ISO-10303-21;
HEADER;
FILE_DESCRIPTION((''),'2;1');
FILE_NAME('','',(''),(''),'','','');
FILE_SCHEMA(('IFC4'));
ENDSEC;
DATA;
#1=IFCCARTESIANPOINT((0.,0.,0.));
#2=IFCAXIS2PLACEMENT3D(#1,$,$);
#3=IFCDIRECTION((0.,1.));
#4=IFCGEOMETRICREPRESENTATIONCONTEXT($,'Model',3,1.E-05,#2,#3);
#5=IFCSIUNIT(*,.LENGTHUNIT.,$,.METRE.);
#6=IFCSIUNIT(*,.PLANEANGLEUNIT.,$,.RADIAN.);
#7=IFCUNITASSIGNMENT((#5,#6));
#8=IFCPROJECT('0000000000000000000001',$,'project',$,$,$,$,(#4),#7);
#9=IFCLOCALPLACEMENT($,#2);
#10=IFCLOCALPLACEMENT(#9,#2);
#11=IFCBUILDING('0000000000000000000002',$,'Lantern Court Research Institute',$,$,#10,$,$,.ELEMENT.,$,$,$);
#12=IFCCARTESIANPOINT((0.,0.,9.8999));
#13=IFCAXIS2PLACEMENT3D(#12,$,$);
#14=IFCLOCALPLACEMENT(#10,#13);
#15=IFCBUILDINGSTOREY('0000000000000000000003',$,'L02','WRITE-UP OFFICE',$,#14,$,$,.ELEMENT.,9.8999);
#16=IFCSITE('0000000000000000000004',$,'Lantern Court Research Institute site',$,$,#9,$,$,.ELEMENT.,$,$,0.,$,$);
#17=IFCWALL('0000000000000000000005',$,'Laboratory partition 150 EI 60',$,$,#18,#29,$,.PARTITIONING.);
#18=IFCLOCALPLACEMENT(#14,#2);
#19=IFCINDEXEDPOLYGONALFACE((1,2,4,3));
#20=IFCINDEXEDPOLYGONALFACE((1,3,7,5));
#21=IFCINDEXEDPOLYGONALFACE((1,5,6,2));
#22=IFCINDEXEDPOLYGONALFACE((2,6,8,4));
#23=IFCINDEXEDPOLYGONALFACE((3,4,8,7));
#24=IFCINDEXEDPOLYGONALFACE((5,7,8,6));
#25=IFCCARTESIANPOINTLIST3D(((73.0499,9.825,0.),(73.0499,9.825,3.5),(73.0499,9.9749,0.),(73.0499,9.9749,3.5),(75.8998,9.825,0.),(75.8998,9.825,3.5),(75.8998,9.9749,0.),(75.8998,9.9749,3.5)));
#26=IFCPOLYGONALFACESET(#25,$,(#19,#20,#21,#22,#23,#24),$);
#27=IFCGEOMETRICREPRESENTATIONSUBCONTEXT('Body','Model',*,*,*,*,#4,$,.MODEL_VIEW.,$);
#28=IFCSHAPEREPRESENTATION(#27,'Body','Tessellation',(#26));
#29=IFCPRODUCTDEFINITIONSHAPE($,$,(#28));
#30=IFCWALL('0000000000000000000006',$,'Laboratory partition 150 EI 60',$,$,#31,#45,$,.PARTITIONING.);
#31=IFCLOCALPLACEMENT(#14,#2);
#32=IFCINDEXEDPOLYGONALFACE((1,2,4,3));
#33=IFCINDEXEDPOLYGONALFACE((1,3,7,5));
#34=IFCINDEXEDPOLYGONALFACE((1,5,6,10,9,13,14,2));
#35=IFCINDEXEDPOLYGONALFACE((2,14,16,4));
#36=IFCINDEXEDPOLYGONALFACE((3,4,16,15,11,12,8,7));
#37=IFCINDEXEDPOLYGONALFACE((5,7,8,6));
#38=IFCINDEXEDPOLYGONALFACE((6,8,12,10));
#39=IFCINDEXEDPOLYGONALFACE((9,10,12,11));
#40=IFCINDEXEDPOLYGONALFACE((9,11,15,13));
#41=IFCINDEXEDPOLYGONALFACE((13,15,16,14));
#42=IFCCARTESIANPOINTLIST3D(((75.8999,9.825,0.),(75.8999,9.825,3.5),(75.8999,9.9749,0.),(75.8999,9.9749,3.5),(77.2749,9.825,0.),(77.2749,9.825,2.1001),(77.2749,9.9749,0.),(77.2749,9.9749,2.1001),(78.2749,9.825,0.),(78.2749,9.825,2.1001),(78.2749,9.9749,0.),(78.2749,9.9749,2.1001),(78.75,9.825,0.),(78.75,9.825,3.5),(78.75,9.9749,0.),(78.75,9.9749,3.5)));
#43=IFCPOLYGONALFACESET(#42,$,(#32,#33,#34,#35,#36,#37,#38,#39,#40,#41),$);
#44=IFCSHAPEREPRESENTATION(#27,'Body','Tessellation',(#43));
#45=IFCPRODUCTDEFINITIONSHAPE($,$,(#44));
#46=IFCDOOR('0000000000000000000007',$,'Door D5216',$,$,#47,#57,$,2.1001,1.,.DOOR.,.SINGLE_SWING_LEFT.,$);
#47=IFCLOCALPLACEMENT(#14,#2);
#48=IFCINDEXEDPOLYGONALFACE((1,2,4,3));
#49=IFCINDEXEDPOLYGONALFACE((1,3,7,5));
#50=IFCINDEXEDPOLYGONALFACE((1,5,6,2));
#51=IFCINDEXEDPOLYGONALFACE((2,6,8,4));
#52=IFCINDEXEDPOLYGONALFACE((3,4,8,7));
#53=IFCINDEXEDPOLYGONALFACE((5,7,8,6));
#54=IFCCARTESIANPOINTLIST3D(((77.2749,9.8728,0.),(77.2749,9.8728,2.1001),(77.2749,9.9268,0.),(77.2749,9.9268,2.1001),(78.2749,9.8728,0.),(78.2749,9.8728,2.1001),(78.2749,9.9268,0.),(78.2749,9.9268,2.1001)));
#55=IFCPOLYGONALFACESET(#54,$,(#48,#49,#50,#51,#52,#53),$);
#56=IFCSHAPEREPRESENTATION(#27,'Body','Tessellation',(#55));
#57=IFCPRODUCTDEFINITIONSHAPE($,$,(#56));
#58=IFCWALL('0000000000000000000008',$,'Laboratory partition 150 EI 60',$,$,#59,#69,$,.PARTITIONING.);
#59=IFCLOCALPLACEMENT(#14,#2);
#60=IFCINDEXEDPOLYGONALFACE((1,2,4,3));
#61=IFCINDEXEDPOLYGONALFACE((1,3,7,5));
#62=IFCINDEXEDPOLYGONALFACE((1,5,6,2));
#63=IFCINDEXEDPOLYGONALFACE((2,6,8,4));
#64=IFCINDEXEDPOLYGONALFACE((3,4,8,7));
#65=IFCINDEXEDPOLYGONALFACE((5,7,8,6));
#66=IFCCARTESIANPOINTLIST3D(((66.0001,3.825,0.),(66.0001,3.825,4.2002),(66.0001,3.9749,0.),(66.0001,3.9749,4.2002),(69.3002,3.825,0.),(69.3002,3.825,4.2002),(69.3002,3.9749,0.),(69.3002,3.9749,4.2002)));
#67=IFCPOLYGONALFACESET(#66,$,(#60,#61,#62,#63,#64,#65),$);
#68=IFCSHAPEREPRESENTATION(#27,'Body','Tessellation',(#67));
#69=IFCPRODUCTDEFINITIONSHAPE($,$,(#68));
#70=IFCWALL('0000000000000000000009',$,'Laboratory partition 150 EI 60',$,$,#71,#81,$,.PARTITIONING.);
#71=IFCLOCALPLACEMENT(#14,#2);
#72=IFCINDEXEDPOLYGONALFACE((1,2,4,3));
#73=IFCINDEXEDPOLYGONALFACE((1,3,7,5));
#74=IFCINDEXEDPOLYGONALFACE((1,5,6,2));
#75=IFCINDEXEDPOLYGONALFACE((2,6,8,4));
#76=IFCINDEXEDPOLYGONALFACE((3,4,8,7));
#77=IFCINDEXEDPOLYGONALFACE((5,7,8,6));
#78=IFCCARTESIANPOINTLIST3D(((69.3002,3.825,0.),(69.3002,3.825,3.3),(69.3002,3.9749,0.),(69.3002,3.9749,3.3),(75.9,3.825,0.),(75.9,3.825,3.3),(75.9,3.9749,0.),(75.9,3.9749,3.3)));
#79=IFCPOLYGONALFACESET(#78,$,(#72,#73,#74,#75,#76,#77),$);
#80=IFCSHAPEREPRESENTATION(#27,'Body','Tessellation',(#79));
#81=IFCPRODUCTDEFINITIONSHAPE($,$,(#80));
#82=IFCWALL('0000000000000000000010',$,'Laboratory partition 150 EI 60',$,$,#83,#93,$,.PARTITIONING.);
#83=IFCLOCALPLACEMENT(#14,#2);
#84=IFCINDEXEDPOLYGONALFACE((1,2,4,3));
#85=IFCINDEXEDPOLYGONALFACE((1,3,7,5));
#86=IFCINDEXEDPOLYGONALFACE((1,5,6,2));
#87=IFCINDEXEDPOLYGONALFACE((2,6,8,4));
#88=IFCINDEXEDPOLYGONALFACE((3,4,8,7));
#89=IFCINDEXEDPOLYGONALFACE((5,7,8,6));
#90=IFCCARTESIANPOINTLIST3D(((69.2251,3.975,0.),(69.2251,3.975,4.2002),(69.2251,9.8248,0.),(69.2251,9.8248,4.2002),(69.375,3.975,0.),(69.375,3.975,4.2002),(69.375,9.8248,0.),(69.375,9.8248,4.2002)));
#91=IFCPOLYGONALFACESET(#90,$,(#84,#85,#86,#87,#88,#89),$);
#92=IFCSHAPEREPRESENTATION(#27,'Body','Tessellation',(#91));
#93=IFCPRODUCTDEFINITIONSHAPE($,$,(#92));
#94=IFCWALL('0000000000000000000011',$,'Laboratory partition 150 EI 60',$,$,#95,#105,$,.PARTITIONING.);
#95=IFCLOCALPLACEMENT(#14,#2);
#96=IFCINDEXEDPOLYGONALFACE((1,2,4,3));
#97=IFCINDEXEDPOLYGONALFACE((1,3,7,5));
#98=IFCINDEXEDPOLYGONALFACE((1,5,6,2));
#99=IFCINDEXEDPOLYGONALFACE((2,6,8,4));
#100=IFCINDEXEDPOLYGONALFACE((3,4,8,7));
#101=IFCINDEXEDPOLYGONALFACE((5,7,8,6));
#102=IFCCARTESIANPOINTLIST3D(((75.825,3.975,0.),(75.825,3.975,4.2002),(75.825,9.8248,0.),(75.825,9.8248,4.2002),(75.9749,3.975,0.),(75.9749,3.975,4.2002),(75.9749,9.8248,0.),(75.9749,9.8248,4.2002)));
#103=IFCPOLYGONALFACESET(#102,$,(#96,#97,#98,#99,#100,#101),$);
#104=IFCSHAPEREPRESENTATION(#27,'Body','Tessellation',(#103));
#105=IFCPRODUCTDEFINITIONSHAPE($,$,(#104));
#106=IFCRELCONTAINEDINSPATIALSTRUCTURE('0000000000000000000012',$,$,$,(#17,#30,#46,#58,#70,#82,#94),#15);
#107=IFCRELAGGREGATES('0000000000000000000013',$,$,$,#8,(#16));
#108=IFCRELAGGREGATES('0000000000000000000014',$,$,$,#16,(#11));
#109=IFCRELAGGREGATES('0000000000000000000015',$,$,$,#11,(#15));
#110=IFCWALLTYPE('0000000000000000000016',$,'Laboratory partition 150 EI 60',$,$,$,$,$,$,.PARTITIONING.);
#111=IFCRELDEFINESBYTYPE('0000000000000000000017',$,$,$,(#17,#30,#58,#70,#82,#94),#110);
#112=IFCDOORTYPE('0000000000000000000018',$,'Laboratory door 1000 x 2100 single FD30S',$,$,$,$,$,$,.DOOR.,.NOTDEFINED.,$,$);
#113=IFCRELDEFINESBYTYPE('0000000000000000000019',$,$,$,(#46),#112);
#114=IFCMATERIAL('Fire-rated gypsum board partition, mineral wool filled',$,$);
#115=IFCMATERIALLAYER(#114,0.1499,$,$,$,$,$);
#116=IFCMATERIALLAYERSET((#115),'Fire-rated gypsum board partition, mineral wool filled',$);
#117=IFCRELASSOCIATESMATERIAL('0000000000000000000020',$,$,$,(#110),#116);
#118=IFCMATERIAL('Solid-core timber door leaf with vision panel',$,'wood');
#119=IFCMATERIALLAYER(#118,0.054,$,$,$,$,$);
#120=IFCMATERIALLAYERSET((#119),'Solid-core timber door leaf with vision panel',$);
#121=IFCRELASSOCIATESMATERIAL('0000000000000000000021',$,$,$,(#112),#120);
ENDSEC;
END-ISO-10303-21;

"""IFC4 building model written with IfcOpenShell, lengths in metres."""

from ifc_helpers import new_model, si_unit, direction, frame, frame_2d, origin, place, context, subcontext, project, spatial, rectangle, extrude, material, layer, layer_set, type_object, element, fill, save


model = new_model("IFC4")

# Units and contexts
model_context = context("Model", 3, precision=1e-05, world=origin(), true_north=direction((0.0, 1.0)))
body_context = subcontext(model_context, "Body", "Model", "MODEL_VIEW")
ifc_project = project(units=[si_unit("LENGTHUNIT", "METRE"), si_unit("PLANEANGLEUNIT", "RADIAN")], contexts=[model_context])

# Site, building, storey
site_placement = place(None, origin())
site = spatial("IfcSite", under=ifc_project, at=site_placement, Name="Lantern Court Research Institute site", CompositionType="ELEMENT", RefElevation=0.0)
building_placement = place(site_placement, origin())
building = spatial("IfcBuilding", under=site, at=building_placement, Name="Lantern Court Research Institute", CompositionType="ELEMENT")
storey_placement = place(building_placement, frame((0.0, 0.0, 9.8999)))
storey = spatial("IfcBuildingStorey", under=building, at=storey_placement, Name="L02", Description="WRITE-UP OFFICE", CompositionType="ELEMENT", Elevation=9.8999)

# Shared definitions
ifc_material_1 = material(Name="Fire-rated gypsum board partition, mineral wool filled")
ifc_layer_1 = layer(ifc_material_1, 0.1499)
ifc_layer_set_1 = layer_set([ifc_layer_1], Name="Fire-rated gypsum board partition, mineral wool filled")
wall_type = type_object("IfcWallType", Name="Laboratory partition 150 EI 60", PredefinedType="PARTITIONING", material=ifc_layer_set_1)

# Wall
wall_1_placement = place(storey_placement, frame((73.05, 9.8999, 0.0), z_axis=(0.0, 0.0, 1.0), x_axis=(1.0, 0.0, 0.0)))
element("IfcWall", 1, at=wall_1_placement, inside=storey, type_object=wall_type, Name="Laboratory partition 150 EI 60", PredefinedType="PARTITIONING", context=body_context, shape_type="SweptSolid", body=[
    extrude(rectangle(XDim=2.8499, YDim=0.1499, at=frame_2d((1.4248, 0.0))), origin(), (0.0, 0.0, 1.0), 3.5),
])

# Wall, opening, door
wall_2_placement = place(storey_placement, frame((75.8999, 9.8999, 0.0), z_axis=(0.0, 0.0, 1.0), x_axis=(1.0, 0.0, 0.0)))
wall_2 = element("IfcWall", 2, at=wall_2_placement, inside=storey, type_object=wall_type, Name="Laboratory partition 150 EI 60", PredefinedType="PARTITIONING", context=body_context, shape_type="SweptSolid", body=[
    extrude(rectangle(XDim=2.8501, YDim=0.1499, at=frame_2d((1.425, 0.0))), origin(), (0.0, 0.0, 1.0), 3.5),
])
opening_1_placement = place(wall_2_placement, frame((1.375, 0.0, 0.0)))
opening_1 = element("IfcOpeningElement", 3, at=opening_1_placement, cuts=wall_2, PredefinedType="OPENING", context=body_context, shape_type="SweptSolid", body=[
    extrude(rectangle(XDim=1.0, YDim=2.1001, at=frame_2d((0.5, 1.05))), frame((0.0, 0.085, 0.0), z_axis=(0.0, -1.0, 0.0), x_axis=(1.0, 0.0, 0.0)), (0.0, 0.0, 1.0), 0.1699),
])
ifc_material_2 = material(Name="Solid-core timber door leaf with vision panel", Category="wood")
ifc_layer_2 = layer(ifc_material_2, 0.054)
ifc_layer_set_2 = layer_set([ifc_layer_2], Name="Solid-core timber door leaf with vision panel")
door_type_1 = type_object("IfcDoorType", Name="Laboratory door 1000 x 2100 single FD30S", OperationType="NOTDEFINED", PredefinedType="DOOR", material=ifc_layer_set_2)
door_1_placement = place(opening_1_placement, origin())
door_1 = element("IfcDoor", 4, at=door_1_placement, inside=storey, type_object=door_type_1, Name="Door D5216", OperationType="SINGLE_SWING_LEFT", OverallHeight=2.1001, OverallWidth=1.0, PredefinedType="DOOR", context=body_context, shape_type="SweptSolid", body=[
    extrude(rectangle(XDim=1.0, YDim=2.1001, at=frame_2d((0.5, 1.05))), frame((0.0, 0.0269, 0.0), z_axis=(0.0, -1.0, 0.0), x_axis=(1.0, 0.0, 0.0)), (0.0, 0.0, 1.0), 0.054),
])
fill(opening_1, door_1)

# Walls
wall_3_placement = place(storey_placement, frame((69.3, 3.8999, 0.0), z_axis=(0.0, 0.0, 1.0), x_axis=(-1.0, 0.0, 0.0)))
element("IfcWall", 5, at=wall_3_placement, inside=storey, type_object=wall_type, Name="Laboratory partition 150 EI 60", PredefinedType="PARTITIONING", context=body_context, shape_type="SweptSolid", body=[
    extrude(rectangle(XDim=3.3, YDim=0.1499, at=frame_2d((1.6499, 0.0))), origin(), (0.0, 0.0, 1.0), 4.2002),
])
wall_4_placement = place(storey_placement, frame((75.8999, 3.8999, 0.0), z_axis=(0.0, 0.0, 1.0), x_axis=(-1.0, 0.0, 0.0)))
element("IfcWall", 6, at=wall_4_placement, inside=storey, type_object=wall_type, Name="Laboratory partition 150 EI 60", PredefinedType="PARTITIONING", context=body_context, shape_type="SweptSolid", body=[
    extrude(rectangle(XDim=6.5999, YDim=0.1499, at=frame_2d((3.2998, 0.0))), origin(), (0.0, 0.0, 1.0), 3.3),
])
for number, where, z_axis, x_axis, name in (
    (7, (69.3, 3.9751, 0.0), (0.0, 0.0, 1.0), (0.0, 1.0, 0.0), "Laboratory partition 150 EI 60"),
    (8, (75.8999, 3.9751, 0.0), (0.0, 0.0, 1.0), (0.0, 1.0, 0.0), "Laboratory partition 150 EI 60"),
):
    element("IfcWall", number, at=place(storey_placement, frame(where, z_axis=z_axis, x_axis=x_axis)), inside=storey, type_object=wall_type, Name=name, PredefinedType="PARTITIONING", context=body_context, shape_type="SweptSolid", body=[
        extrude(rectangle(XDim=5.8499, YDim=0.1499, at=frame_2d((2.9248, 0.0))), origin(), (0.0, 0.0, 1.0), 4.2002),
    ])

save(model, "model.ifc")
